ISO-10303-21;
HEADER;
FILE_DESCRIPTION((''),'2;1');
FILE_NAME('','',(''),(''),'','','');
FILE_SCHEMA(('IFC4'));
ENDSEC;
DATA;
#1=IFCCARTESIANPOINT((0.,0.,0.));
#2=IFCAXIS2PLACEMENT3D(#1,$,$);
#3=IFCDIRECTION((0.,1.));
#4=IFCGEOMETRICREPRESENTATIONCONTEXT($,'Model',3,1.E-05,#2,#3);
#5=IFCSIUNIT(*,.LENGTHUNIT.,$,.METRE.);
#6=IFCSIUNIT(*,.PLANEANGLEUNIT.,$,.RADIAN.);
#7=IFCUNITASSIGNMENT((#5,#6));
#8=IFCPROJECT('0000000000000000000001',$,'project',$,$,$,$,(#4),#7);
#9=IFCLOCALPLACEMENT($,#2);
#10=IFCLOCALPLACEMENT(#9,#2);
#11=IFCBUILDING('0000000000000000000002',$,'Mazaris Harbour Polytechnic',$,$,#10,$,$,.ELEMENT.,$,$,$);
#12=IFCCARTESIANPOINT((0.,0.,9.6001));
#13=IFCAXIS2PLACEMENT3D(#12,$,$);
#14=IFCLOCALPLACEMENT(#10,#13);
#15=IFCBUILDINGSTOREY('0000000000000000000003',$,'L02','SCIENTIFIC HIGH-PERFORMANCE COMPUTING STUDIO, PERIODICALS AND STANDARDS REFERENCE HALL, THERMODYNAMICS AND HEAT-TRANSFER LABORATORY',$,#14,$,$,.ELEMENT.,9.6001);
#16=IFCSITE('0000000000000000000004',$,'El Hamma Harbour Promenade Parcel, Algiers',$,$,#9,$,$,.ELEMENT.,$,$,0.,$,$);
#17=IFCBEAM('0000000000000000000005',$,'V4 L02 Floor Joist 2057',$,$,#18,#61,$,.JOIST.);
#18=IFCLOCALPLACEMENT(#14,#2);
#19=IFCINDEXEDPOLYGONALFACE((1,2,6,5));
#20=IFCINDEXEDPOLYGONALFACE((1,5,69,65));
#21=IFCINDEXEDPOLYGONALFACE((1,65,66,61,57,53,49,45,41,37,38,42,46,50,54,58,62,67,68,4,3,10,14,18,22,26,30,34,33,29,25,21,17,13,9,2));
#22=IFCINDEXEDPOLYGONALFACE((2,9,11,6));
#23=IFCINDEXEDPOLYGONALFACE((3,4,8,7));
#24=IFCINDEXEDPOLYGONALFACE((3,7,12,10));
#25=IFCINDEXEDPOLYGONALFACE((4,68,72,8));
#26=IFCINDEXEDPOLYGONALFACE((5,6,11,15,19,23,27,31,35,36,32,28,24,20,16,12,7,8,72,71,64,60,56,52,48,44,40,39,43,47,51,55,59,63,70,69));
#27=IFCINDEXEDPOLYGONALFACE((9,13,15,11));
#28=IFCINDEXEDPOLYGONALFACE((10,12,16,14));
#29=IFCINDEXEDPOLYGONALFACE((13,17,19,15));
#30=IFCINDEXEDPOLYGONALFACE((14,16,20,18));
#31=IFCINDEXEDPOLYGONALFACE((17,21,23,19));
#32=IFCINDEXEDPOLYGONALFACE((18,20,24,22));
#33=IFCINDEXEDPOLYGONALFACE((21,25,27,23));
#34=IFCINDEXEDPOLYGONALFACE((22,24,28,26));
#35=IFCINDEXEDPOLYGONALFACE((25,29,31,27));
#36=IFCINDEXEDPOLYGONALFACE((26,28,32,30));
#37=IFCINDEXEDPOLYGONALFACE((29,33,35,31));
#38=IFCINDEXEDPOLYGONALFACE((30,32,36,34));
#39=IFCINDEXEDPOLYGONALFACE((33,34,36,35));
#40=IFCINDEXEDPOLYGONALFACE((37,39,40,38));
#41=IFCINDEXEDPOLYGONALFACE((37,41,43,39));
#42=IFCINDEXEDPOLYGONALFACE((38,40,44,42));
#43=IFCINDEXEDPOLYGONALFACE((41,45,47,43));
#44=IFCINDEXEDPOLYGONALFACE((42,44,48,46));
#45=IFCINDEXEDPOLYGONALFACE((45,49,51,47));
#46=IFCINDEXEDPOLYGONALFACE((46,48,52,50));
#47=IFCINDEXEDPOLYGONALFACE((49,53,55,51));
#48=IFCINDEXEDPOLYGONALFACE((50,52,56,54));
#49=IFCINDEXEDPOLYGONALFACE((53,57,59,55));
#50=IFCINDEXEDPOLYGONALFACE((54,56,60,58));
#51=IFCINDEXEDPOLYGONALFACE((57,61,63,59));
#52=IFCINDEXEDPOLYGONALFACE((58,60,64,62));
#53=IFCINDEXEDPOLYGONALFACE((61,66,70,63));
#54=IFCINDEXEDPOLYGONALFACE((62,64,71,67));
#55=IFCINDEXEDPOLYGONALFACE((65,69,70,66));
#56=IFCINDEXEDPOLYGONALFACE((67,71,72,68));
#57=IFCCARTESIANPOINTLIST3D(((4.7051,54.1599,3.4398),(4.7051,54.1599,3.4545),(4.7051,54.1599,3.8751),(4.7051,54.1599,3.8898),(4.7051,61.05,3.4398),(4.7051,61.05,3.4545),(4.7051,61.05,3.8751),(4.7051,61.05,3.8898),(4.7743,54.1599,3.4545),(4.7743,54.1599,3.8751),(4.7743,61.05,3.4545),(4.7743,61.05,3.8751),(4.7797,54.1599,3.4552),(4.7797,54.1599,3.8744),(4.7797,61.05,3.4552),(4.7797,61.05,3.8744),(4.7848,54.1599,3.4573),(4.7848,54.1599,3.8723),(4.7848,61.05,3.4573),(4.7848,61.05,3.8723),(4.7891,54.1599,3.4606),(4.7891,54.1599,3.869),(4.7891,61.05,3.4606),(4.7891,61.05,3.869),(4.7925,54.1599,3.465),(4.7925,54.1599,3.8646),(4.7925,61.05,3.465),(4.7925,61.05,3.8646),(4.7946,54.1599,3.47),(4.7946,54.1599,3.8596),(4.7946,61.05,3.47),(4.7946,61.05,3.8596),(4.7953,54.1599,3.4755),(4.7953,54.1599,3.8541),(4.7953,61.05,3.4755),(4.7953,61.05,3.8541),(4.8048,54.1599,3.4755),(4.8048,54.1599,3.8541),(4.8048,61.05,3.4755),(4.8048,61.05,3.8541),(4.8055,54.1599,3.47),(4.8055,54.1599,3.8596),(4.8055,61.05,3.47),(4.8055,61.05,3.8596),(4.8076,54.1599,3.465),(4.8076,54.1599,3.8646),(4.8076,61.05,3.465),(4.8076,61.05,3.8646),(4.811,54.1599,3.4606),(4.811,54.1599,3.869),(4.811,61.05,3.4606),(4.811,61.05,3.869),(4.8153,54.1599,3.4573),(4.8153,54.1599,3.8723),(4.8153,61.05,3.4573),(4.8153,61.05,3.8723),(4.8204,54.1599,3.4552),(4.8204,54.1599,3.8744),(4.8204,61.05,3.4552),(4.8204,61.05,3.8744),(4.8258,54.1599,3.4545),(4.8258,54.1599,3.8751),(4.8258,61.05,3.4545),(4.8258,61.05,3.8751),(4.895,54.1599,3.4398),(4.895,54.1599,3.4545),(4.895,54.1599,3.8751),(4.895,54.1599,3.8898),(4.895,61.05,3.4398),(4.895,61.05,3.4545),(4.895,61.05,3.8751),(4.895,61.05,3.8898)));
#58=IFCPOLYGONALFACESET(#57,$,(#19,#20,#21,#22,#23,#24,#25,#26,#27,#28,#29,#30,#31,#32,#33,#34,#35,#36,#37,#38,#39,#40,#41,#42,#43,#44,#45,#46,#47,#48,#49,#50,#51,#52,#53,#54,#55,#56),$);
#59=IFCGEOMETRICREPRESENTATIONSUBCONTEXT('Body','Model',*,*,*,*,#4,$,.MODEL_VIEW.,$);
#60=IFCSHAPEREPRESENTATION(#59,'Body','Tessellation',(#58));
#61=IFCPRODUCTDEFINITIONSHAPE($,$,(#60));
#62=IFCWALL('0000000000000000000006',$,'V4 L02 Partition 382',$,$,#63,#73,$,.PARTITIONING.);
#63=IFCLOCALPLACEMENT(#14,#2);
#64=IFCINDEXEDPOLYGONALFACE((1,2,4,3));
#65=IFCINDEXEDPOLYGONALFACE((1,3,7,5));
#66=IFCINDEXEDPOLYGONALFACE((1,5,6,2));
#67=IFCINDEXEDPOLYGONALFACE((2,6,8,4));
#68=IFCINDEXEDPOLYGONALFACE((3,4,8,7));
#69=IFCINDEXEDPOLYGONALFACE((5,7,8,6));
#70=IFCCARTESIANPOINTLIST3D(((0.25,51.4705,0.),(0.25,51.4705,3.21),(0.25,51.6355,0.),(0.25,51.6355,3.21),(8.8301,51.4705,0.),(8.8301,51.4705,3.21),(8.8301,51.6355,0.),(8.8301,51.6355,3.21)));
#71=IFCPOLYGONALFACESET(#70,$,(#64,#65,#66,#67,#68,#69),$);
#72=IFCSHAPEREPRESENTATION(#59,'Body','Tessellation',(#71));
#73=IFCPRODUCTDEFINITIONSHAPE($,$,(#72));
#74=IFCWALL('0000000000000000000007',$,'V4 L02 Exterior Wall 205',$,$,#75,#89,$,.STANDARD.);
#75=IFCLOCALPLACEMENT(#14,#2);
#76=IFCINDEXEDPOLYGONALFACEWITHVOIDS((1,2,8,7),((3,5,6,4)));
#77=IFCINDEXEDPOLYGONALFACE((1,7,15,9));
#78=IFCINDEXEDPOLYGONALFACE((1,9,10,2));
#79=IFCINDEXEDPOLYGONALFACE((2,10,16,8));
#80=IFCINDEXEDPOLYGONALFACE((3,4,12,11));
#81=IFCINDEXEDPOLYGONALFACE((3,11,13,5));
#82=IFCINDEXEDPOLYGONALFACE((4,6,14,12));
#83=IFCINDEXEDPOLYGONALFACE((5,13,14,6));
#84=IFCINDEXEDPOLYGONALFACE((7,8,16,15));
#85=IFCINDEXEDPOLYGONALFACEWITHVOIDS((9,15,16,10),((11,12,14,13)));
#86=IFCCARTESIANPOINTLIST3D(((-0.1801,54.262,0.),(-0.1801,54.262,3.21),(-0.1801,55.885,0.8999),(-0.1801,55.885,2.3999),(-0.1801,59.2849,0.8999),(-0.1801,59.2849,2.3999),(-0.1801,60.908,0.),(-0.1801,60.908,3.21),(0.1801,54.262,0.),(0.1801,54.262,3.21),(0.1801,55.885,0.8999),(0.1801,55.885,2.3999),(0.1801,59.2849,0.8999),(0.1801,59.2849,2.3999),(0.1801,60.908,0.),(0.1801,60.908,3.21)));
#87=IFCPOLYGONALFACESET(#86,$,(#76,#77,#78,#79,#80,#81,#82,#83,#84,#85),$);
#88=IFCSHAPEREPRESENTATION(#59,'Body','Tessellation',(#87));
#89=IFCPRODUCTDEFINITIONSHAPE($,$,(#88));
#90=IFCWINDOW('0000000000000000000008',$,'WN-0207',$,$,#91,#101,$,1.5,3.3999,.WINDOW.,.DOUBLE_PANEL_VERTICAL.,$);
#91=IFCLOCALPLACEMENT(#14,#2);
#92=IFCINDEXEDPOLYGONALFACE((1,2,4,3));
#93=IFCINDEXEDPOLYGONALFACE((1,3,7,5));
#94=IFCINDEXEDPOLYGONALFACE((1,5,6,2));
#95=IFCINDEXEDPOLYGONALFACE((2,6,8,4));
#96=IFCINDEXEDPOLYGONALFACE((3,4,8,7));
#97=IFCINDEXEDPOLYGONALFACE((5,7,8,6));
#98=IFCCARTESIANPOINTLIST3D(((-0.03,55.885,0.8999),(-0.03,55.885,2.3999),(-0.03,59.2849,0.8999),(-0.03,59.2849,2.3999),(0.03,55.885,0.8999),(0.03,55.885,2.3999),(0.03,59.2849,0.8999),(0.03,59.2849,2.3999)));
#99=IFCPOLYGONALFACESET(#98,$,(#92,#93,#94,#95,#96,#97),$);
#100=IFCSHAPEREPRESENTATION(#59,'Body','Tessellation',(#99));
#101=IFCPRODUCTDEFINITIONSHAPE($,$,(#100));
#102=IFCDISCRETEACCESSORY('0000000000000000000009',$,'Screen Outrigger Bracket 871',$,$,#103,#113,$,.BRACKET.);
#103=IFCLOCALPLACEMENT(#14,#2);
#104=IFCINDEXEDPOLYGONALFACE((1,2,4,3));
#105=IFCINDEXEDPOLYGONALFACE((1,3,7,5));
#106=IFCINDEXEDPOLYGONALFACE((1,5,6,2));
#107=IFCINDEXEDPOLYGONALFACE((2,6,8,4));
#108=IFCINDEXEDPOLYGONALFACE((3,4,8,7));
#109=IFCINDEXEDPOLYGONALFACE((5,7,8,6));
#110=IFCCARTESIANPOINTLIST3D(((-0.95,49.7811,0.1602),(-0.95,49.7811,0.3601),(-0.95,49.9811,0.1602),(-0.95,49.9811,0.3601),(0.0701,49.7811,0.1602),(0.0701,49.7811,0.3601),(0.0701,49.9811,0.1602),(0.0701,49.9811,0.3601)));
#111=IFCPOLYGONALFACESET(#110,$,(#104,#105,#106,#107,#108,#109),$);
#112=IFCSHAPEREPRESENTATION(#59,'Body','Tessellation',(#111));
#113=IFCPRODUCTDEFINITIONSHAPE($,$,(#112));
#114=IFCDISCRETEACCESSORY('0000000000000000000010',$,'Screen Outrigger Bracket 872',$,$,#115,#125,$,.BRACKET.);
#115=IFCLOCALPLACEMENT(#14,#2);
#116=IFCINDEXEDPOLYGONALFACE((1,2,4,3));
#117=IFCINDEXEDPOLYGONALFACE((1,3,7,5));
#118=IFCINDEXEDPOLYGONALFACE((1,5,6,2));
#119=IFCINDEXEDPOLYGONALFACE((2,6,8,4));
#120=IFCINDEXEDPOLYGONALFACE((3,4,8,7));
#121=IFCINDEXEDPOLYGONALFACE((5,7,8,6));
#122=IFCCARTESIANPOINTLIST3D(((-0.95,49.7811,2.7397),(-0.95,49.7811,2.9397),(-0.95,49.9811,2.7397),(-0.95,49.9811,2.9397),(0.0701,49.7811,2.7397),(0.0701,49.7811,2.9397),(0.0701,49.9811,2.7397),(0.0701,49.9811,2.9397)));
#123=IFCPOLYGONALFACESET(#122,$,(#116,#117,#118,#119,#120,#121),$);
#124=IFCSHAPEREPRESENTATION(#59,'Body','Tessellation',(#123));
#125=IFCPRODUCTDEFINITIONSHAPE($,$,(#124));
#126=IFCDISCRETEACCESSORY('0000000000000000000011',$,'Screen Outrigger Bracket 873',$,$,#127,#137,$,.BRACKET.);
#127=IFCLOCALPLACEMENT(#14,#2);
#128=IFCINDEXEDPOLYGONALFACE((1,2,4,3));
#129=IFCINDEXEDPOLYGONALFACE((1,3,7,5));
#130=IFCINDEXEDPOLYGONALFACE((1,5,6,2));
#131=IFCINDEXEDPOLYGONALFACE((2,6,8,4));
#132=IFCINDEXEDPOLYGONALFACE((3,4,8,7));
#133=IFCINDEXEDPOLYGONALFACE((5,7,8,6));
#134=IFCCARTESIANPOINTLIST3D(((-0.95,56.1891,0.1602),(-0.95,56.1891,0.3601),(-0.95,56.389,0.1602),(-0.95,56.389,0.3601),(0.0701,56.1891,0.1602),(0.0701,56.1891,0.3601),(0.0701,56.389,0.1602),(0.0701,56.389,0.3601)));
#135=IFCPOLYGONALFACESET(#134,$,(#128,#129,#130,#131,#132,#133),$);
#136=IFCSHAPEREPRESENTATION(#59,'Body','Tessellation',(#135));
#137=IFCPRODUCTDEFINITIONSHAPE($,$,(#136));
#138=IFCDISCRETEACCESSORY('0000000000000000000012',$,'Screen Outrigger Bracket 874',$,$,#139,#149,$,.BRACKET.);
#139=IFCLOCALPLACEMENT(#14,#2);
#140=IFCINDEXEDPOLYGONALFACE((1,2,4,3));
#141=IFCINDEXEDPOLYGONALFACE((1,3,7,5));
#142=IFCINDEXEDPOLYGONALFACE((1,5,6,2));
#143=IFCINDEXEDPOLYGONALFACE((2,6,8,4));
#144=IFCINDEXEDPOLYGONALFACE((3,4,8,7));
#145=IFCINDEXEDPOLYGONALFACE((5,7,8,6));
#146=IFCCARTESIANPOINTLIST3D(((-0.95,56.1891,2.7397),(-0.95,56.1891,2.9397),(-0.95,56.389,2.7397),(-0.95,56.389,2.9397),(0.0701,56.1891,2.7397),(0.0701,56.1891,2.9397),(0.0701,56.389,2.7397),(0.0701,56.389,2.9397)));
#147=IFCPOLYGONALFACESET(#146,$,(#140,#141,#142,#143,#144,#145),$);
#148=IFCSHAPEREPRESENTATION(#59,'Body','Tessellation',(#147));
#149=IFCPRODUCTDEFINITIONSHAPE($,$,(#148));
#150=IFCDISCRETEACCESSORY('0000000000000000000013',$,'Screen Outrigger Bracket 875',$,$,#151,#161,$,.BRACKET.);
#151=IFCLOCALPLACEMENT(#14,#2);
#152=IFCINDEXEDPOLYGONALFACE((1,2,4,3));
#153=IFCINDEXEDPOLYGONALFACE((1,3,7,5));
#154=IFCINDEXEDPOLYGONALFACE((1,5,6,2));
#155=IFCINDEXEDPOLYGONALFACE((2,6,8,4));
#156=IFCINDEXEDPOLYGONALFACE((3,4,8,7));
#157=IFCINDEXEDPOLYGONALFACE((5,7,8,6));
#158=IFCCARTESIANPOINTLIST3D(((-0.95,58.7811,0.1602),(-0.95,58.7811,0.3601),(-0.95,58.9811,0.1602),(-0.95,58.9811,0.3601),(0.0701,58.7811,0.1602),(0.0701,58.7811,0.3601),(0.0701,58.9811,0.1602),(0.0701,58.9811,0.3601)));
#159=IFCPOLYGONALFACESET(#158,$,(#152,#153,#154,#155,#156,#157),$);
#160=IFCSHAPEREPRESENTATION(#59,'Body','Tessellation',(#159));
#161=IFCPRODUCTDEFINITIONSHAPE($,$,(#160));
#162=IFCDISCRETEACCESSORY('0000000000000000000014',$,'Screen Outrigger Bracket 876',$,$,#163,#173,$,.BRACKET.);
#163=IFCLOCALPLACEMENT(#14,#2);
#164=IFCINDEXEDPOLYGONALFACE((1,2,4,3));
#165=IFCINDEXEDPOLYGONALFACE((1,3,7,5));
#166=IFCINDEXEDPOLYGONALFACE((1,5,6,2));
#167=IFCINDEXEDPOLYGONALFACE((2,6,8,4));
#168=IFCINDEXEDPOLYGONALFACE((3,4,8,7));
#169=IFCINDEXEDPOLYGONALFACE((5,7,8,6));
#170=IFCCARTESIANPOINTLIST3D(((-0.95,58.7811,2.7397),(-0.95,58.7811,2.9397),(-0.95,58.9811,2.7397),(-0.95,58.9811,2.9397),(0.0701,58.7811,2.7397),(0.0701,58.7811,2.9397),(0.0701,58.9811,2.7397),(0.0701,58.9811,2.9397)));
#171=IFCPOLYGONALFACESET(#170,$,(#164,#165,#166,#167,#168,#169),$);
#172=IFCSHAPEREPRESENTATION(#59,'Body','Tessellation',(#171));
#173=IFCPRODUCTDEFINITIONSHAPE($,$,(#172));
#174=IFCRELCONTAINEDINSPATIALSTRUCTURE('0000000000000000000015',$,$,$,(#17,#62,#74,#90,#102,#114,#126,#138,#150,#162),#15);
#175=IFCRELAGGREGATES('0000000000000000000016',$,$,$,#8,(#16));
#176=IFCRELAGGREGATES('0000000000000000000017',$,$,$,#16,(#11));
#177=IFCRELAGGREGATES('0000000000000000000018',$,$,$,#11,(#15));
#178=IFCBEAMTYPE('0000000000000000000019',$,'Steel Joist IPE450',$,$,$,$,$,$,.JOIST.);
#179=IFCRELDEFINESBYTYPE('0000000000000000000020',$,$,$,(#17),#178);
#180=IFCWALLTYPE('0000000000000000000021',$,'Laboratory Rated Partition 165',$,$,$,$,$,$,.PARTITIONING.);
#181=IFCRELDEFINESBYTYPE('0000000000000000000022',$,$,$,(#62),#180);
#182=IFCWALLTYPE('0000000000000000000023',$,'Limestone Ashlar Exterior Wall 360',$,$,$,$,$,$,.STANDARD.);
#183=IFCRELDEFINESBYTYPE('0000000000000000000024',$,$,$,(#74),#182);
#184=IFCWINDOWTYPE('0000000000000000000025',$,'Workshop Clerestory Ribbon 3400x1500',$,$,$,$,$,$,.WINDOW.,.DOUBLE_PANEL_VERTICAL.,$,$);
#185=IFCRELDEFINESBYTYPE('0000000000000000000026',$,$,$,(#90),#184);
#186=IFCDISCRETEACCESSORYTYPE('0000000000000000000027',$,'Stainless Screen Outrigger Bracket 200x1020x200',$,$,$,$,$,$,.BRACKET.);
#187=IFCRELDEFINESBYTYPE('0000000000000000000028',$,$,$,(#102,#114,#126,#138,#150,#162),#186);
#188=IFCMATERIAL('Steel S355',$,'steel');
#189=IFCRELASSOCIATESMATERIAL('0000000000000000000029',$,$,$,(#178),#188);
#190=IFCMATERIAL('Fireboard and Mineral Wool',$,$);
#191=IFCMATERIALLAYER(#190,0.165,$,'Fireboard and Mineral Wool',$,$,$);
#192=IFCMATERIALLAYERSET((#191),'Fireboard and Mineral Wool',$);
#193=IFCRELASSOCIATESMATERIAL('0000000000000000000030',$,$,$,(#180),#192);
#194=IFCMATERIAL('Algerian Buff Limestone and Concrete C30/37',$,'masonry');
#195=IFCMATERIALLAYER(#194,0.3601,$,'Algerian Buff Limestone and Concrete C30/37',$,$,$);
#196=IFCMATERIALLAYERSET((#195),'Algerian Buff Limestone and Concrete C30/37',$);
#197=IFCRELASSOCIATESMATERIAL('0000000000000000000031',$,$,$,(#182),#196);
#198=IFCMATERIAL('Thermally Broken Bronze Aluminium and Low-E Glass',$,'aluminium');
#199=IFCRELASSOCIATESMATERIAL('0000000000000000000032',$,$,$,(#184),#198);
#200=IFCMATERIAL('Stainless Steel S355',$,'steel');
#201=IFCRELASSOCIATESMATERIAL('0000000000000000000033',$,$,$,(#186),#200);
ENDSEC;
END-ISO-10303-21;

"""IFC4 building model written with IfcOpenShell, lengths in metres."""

from ifc_helpers import new_model, si_unit, direction, frame, frame_2d, origin, origin_2d, place, context, subcontext, project, spatial, rectangle, i_section, extrude, material, layer, layer_set, material_profile, profile_set, type_object, element, fill, save


model = new_model("IFC4")

# Units and contexts
model_context = context("Model", 3, precision=1e-05, world=origin(), true_north=direction((0.0, 1.0)))
body_context = subcontext(model_context, "Body", "Model", "MODEL_VIEW")
ifc_project = project(units=[si_unit("LENGTHUNIT", "METRE"), si_unit("PLANEANGLEUNIT", "RADIAN")], contexts=[model_context])

# Site, building, storey
site_placement = place(None, origin())
site = spatial("IfcSite", under=ifc_project, at=site_placement, Name="El Hamma Harbour Promenade Parcel, Algiers", CompositionType="ELEMENT", RefElevation=0.0)
building_placement = place(site_placement, origin())
building = spatial("IfcBuilding", under=site, at=building_placement, Name="Mazaris Harbour Polytechnic", CompositionType="ELEMENT")
storey_placement = place(building_placement, frame((0.0, 0.0, 9.6001)))
storey = spatial("IfcBuildingStorey", under=building, at=storey_placement, Name="L02", Description="SCIENTIFIC HIGH-PERFORMANCE COMPUTING STUDIO, PERIODICALS AND STANDARDS REFERENCE HALL, THERMODYNAMICS AND HEAT-TRANSFER LABORATORY", CompositionType="ELEMENT", Elevation=9.6001)

# Beam
ifc_material_1 = material(Name="Steel S355", Category="steel")
ifc_material_profile_1 = material_profile(ifc_material_1, i_section(OverallWidth=0.1899, OverallDepth=0.45, WebThickness=0.0095, FlangeThickness=0.0146, FilletRadius=0.021, at=origin_2d()), Name="IPE 450")
ifc_profile_set_1 = profile_set([ifc_material_profile_1], Name="Steel S355")
beam_type_1 = type_object("IfcBeamType", Name="Steel Joist IPE450", PredefinedType="JOIST", material=ifc_profile_set_1)
beam_1_placement = place(storey_placement, frame((4.8, 54.1599, 3.6648), z_axis=(0.0, 1.0, 0.0), x_axis=(-1.0, 0.0, 0.0)))
element("IfcBeam", 1, at=beam_1_placement, inside=storey, type_object=beam_type_1, Name="V4 L02 Floor Joist 2057", PredefinedType="JOIST", context=body_context, shape_type="SweptSolid", body=[
    extrude(i_section(OverallWidth=0.1899, OverallDepth=0.45, WebThickness=0.0095, FlangeThickness=0.0146, FilletRadius=0.021, at=origin_2d()), origin(), (0.0, 0.0, 1.0), 6.8901),
])

# Wall
ifc_material_2 = material(Name="Fireboard and Mineral Wool")
ifc_layer_1 = layer(ifc_material_2, 0.165, Name="Fireboard and Mineral Wool")
ifc_layer_set_1 = layer_set([ifc_layer_1], Name="Fireboard and Mineral Wool")
wall_type_1 = type_object("IfcWallType", Name="Laboratory Rated Partition 165", PredefinedType="PARTITIONING", material=ifc_layer_set_1)
wall_1_placement = place(storey_placement, frame((0.25, 51.553, 0.0), z_axis=(0.0, 0.0, 1.0), x_axis=(1.0, 0.0, 0.0)))
element("IfcWall", 2, at=wall_1_placement, inside=storey, type_object=wall_type_1, Name="V4 L02 Partition 382", PredefinedType="PARTITIONING", context=body_context, shape_type="SweptSolid", body=[
    extrude(rectangle(XDim=8.5801, YDim=0.165, at=frame_2d((4.29, 0.0))), origin(), (0.0, 0.0, 1.0), 3.21),
])

# Wall, opening, window
ifc_material_3 = material(Name="Algerian Buff Limestone and Concrete C30/37", Category="masonry")
ifc_layer_2 = layer(ifc_material_3, 0.3601, Name="Algerian Buff Limestone and Concrete C30/37")
ifc_layer_set_2 = layer_set([ifc_layer_2], Name="Algerian Buff Limestone and Concrete C30/37")
wall_type_2 = type_object("IfcWallType", Name="Limestone Ashlar Exterior Wall 360", PredefinedType="STANDARD", material=ifc_layer_set_2)
wall_2_placement = place(storey_placement, frame((0.0, 54.262, 0.0), z_axis=(0.0, 0.0, 1.0), x_axis=(0.0, 1.0, 0.0)))
wall_2 = element("IfcWall", 3, at=wall_2_placement, inside=storey, type_object=wall_type_2, Name="V4 L02 Exterior Wall 205", PredefinedType="STANDARD", context=body_context, shape_type="SweptSolid", body=[
    extrude(rectangle(XDim=6.646, YDim=0.3601, at=frame_2d((3.323, 0.0))), origin(), (0.0, 0.0, 1.0), 3.21),
])
opening_placement = place(wall_2_placement, frame((1.623, 0.0, 0.8999)))
opening = element("IfcOpeningElement", 4, at=opening_placement, cuts=wall_2, PredefinedType="OPENING", context=body_context, shape_type="SweptSolid", body=[
    extrude(rectangle(XDim=3.3999, YDim=1.5, at=frame_2d((1.7, 0.75))), frame((0.0, 0.1899, 0.0), z_axis=(0.0, -1.0, 0.0), x_axis=(1.0, 0.0, 0.0)), (0.0, 0.0, 1.0), 0.3801),
])
ifc_material_4 = material(Name="Thermally Broken Bronze Aluminium and Low-E Glass", Category="aluminium")
window_type = type_object("IfcWindowType", Name="Workshop Clerestory Ribbon 3400x1500", PartitioningType="DOUBLE_PANEL_VERTICAL", PredefinedType="WINDOW", material=ifc_material_4)
window_placement = place(opening_placement, origin())
window = element("IfcWindow", 5, at=window_placement, inside=storey, type_object=window_type, Name="WN-0207", OverallHeight=1.5, OverallWidth=3.3999, PartitioningType="DOUBLE_PANEL_VERTICAL", PredefinedType="WINDOW", context=body_context, shape_type="SweptSolid", body=[
    extrude(rectangle(XDim=3.3999, YDim=1.5, at=frame_2d((1.7, 0.75))), frame((0.0, 0.03, 0.0), z_axis=(0.0, -1.0, 0.0), x_axis=(1.0, 0.0, 0.0)), (0.0, 0.0, 1.0), 0.0601),
])
fill(opening, window)

# Discrete accessories
ifc_material_5 = material(Name="Stainless Steel S355", Category="steel")
discrete_accessory_type = type_object("IfcDiscreteAccessoryType", Name="Stainless Screen Outrigger Bracket 200x1020x200", PredefinedType="BRACKET", material=ifc_material_5)
for number, where, z_axis, x_axis, name in (
    (6, (-0.4399, 49.8811, 0.1602), (0.0, 0.0, 1.0), (0.0, 1.0, 0.0), "Screen Outrigger Bracket 871"),
    (7, (-0.4399, 49.8811, 2.7397), (0.0, 0.0, 1.0), (0.0, 1.0, 0.0), "Screen Outrigger Bracket 872"),
    (8, (-0.4399, 56.2891, 0.1602), (0.0, 0.0, 1.0), (0.0, 1.0, 0.0), "Screen Outrigger Bracket 873"),
    (9, (-0.4399, 56.2891, 2.7397), (0.0, 0.0, 1.0), (0.0, 1.0, 0.0), "Screen Outrigger Bracket 874"),
    (10, (-0.4399, 58.8811, 0.1602), (0.0, 0.0, 1.0), (0.0, 1.0, 0.0), "Screen Outrigger Bracket 875"),
    (11, (-0.4399, 58.8811, 2.7397), (0.0, 0.0, 1.0), (0.0, 1.0, 0.0), "Screen Outrigger Bracket 876"),
):
    element("IfcDiscreteAccessory", number, at=place(storey_placement, frame(where, z_axis=z_axis, x_axis=x_axis)), inside=storey, type_object=discrete_accessory_type, Name=name, PredefinedType="BRACKET", context=body_context, shape_type="SweptSolid", body=[
        extrude(rectangle(XDim=0.2, YDim=1.02, at=origin_2d()), origin(), (0.0, 0.0, 1.0), 0.2),
    ])

save(model, "model.ifc")
